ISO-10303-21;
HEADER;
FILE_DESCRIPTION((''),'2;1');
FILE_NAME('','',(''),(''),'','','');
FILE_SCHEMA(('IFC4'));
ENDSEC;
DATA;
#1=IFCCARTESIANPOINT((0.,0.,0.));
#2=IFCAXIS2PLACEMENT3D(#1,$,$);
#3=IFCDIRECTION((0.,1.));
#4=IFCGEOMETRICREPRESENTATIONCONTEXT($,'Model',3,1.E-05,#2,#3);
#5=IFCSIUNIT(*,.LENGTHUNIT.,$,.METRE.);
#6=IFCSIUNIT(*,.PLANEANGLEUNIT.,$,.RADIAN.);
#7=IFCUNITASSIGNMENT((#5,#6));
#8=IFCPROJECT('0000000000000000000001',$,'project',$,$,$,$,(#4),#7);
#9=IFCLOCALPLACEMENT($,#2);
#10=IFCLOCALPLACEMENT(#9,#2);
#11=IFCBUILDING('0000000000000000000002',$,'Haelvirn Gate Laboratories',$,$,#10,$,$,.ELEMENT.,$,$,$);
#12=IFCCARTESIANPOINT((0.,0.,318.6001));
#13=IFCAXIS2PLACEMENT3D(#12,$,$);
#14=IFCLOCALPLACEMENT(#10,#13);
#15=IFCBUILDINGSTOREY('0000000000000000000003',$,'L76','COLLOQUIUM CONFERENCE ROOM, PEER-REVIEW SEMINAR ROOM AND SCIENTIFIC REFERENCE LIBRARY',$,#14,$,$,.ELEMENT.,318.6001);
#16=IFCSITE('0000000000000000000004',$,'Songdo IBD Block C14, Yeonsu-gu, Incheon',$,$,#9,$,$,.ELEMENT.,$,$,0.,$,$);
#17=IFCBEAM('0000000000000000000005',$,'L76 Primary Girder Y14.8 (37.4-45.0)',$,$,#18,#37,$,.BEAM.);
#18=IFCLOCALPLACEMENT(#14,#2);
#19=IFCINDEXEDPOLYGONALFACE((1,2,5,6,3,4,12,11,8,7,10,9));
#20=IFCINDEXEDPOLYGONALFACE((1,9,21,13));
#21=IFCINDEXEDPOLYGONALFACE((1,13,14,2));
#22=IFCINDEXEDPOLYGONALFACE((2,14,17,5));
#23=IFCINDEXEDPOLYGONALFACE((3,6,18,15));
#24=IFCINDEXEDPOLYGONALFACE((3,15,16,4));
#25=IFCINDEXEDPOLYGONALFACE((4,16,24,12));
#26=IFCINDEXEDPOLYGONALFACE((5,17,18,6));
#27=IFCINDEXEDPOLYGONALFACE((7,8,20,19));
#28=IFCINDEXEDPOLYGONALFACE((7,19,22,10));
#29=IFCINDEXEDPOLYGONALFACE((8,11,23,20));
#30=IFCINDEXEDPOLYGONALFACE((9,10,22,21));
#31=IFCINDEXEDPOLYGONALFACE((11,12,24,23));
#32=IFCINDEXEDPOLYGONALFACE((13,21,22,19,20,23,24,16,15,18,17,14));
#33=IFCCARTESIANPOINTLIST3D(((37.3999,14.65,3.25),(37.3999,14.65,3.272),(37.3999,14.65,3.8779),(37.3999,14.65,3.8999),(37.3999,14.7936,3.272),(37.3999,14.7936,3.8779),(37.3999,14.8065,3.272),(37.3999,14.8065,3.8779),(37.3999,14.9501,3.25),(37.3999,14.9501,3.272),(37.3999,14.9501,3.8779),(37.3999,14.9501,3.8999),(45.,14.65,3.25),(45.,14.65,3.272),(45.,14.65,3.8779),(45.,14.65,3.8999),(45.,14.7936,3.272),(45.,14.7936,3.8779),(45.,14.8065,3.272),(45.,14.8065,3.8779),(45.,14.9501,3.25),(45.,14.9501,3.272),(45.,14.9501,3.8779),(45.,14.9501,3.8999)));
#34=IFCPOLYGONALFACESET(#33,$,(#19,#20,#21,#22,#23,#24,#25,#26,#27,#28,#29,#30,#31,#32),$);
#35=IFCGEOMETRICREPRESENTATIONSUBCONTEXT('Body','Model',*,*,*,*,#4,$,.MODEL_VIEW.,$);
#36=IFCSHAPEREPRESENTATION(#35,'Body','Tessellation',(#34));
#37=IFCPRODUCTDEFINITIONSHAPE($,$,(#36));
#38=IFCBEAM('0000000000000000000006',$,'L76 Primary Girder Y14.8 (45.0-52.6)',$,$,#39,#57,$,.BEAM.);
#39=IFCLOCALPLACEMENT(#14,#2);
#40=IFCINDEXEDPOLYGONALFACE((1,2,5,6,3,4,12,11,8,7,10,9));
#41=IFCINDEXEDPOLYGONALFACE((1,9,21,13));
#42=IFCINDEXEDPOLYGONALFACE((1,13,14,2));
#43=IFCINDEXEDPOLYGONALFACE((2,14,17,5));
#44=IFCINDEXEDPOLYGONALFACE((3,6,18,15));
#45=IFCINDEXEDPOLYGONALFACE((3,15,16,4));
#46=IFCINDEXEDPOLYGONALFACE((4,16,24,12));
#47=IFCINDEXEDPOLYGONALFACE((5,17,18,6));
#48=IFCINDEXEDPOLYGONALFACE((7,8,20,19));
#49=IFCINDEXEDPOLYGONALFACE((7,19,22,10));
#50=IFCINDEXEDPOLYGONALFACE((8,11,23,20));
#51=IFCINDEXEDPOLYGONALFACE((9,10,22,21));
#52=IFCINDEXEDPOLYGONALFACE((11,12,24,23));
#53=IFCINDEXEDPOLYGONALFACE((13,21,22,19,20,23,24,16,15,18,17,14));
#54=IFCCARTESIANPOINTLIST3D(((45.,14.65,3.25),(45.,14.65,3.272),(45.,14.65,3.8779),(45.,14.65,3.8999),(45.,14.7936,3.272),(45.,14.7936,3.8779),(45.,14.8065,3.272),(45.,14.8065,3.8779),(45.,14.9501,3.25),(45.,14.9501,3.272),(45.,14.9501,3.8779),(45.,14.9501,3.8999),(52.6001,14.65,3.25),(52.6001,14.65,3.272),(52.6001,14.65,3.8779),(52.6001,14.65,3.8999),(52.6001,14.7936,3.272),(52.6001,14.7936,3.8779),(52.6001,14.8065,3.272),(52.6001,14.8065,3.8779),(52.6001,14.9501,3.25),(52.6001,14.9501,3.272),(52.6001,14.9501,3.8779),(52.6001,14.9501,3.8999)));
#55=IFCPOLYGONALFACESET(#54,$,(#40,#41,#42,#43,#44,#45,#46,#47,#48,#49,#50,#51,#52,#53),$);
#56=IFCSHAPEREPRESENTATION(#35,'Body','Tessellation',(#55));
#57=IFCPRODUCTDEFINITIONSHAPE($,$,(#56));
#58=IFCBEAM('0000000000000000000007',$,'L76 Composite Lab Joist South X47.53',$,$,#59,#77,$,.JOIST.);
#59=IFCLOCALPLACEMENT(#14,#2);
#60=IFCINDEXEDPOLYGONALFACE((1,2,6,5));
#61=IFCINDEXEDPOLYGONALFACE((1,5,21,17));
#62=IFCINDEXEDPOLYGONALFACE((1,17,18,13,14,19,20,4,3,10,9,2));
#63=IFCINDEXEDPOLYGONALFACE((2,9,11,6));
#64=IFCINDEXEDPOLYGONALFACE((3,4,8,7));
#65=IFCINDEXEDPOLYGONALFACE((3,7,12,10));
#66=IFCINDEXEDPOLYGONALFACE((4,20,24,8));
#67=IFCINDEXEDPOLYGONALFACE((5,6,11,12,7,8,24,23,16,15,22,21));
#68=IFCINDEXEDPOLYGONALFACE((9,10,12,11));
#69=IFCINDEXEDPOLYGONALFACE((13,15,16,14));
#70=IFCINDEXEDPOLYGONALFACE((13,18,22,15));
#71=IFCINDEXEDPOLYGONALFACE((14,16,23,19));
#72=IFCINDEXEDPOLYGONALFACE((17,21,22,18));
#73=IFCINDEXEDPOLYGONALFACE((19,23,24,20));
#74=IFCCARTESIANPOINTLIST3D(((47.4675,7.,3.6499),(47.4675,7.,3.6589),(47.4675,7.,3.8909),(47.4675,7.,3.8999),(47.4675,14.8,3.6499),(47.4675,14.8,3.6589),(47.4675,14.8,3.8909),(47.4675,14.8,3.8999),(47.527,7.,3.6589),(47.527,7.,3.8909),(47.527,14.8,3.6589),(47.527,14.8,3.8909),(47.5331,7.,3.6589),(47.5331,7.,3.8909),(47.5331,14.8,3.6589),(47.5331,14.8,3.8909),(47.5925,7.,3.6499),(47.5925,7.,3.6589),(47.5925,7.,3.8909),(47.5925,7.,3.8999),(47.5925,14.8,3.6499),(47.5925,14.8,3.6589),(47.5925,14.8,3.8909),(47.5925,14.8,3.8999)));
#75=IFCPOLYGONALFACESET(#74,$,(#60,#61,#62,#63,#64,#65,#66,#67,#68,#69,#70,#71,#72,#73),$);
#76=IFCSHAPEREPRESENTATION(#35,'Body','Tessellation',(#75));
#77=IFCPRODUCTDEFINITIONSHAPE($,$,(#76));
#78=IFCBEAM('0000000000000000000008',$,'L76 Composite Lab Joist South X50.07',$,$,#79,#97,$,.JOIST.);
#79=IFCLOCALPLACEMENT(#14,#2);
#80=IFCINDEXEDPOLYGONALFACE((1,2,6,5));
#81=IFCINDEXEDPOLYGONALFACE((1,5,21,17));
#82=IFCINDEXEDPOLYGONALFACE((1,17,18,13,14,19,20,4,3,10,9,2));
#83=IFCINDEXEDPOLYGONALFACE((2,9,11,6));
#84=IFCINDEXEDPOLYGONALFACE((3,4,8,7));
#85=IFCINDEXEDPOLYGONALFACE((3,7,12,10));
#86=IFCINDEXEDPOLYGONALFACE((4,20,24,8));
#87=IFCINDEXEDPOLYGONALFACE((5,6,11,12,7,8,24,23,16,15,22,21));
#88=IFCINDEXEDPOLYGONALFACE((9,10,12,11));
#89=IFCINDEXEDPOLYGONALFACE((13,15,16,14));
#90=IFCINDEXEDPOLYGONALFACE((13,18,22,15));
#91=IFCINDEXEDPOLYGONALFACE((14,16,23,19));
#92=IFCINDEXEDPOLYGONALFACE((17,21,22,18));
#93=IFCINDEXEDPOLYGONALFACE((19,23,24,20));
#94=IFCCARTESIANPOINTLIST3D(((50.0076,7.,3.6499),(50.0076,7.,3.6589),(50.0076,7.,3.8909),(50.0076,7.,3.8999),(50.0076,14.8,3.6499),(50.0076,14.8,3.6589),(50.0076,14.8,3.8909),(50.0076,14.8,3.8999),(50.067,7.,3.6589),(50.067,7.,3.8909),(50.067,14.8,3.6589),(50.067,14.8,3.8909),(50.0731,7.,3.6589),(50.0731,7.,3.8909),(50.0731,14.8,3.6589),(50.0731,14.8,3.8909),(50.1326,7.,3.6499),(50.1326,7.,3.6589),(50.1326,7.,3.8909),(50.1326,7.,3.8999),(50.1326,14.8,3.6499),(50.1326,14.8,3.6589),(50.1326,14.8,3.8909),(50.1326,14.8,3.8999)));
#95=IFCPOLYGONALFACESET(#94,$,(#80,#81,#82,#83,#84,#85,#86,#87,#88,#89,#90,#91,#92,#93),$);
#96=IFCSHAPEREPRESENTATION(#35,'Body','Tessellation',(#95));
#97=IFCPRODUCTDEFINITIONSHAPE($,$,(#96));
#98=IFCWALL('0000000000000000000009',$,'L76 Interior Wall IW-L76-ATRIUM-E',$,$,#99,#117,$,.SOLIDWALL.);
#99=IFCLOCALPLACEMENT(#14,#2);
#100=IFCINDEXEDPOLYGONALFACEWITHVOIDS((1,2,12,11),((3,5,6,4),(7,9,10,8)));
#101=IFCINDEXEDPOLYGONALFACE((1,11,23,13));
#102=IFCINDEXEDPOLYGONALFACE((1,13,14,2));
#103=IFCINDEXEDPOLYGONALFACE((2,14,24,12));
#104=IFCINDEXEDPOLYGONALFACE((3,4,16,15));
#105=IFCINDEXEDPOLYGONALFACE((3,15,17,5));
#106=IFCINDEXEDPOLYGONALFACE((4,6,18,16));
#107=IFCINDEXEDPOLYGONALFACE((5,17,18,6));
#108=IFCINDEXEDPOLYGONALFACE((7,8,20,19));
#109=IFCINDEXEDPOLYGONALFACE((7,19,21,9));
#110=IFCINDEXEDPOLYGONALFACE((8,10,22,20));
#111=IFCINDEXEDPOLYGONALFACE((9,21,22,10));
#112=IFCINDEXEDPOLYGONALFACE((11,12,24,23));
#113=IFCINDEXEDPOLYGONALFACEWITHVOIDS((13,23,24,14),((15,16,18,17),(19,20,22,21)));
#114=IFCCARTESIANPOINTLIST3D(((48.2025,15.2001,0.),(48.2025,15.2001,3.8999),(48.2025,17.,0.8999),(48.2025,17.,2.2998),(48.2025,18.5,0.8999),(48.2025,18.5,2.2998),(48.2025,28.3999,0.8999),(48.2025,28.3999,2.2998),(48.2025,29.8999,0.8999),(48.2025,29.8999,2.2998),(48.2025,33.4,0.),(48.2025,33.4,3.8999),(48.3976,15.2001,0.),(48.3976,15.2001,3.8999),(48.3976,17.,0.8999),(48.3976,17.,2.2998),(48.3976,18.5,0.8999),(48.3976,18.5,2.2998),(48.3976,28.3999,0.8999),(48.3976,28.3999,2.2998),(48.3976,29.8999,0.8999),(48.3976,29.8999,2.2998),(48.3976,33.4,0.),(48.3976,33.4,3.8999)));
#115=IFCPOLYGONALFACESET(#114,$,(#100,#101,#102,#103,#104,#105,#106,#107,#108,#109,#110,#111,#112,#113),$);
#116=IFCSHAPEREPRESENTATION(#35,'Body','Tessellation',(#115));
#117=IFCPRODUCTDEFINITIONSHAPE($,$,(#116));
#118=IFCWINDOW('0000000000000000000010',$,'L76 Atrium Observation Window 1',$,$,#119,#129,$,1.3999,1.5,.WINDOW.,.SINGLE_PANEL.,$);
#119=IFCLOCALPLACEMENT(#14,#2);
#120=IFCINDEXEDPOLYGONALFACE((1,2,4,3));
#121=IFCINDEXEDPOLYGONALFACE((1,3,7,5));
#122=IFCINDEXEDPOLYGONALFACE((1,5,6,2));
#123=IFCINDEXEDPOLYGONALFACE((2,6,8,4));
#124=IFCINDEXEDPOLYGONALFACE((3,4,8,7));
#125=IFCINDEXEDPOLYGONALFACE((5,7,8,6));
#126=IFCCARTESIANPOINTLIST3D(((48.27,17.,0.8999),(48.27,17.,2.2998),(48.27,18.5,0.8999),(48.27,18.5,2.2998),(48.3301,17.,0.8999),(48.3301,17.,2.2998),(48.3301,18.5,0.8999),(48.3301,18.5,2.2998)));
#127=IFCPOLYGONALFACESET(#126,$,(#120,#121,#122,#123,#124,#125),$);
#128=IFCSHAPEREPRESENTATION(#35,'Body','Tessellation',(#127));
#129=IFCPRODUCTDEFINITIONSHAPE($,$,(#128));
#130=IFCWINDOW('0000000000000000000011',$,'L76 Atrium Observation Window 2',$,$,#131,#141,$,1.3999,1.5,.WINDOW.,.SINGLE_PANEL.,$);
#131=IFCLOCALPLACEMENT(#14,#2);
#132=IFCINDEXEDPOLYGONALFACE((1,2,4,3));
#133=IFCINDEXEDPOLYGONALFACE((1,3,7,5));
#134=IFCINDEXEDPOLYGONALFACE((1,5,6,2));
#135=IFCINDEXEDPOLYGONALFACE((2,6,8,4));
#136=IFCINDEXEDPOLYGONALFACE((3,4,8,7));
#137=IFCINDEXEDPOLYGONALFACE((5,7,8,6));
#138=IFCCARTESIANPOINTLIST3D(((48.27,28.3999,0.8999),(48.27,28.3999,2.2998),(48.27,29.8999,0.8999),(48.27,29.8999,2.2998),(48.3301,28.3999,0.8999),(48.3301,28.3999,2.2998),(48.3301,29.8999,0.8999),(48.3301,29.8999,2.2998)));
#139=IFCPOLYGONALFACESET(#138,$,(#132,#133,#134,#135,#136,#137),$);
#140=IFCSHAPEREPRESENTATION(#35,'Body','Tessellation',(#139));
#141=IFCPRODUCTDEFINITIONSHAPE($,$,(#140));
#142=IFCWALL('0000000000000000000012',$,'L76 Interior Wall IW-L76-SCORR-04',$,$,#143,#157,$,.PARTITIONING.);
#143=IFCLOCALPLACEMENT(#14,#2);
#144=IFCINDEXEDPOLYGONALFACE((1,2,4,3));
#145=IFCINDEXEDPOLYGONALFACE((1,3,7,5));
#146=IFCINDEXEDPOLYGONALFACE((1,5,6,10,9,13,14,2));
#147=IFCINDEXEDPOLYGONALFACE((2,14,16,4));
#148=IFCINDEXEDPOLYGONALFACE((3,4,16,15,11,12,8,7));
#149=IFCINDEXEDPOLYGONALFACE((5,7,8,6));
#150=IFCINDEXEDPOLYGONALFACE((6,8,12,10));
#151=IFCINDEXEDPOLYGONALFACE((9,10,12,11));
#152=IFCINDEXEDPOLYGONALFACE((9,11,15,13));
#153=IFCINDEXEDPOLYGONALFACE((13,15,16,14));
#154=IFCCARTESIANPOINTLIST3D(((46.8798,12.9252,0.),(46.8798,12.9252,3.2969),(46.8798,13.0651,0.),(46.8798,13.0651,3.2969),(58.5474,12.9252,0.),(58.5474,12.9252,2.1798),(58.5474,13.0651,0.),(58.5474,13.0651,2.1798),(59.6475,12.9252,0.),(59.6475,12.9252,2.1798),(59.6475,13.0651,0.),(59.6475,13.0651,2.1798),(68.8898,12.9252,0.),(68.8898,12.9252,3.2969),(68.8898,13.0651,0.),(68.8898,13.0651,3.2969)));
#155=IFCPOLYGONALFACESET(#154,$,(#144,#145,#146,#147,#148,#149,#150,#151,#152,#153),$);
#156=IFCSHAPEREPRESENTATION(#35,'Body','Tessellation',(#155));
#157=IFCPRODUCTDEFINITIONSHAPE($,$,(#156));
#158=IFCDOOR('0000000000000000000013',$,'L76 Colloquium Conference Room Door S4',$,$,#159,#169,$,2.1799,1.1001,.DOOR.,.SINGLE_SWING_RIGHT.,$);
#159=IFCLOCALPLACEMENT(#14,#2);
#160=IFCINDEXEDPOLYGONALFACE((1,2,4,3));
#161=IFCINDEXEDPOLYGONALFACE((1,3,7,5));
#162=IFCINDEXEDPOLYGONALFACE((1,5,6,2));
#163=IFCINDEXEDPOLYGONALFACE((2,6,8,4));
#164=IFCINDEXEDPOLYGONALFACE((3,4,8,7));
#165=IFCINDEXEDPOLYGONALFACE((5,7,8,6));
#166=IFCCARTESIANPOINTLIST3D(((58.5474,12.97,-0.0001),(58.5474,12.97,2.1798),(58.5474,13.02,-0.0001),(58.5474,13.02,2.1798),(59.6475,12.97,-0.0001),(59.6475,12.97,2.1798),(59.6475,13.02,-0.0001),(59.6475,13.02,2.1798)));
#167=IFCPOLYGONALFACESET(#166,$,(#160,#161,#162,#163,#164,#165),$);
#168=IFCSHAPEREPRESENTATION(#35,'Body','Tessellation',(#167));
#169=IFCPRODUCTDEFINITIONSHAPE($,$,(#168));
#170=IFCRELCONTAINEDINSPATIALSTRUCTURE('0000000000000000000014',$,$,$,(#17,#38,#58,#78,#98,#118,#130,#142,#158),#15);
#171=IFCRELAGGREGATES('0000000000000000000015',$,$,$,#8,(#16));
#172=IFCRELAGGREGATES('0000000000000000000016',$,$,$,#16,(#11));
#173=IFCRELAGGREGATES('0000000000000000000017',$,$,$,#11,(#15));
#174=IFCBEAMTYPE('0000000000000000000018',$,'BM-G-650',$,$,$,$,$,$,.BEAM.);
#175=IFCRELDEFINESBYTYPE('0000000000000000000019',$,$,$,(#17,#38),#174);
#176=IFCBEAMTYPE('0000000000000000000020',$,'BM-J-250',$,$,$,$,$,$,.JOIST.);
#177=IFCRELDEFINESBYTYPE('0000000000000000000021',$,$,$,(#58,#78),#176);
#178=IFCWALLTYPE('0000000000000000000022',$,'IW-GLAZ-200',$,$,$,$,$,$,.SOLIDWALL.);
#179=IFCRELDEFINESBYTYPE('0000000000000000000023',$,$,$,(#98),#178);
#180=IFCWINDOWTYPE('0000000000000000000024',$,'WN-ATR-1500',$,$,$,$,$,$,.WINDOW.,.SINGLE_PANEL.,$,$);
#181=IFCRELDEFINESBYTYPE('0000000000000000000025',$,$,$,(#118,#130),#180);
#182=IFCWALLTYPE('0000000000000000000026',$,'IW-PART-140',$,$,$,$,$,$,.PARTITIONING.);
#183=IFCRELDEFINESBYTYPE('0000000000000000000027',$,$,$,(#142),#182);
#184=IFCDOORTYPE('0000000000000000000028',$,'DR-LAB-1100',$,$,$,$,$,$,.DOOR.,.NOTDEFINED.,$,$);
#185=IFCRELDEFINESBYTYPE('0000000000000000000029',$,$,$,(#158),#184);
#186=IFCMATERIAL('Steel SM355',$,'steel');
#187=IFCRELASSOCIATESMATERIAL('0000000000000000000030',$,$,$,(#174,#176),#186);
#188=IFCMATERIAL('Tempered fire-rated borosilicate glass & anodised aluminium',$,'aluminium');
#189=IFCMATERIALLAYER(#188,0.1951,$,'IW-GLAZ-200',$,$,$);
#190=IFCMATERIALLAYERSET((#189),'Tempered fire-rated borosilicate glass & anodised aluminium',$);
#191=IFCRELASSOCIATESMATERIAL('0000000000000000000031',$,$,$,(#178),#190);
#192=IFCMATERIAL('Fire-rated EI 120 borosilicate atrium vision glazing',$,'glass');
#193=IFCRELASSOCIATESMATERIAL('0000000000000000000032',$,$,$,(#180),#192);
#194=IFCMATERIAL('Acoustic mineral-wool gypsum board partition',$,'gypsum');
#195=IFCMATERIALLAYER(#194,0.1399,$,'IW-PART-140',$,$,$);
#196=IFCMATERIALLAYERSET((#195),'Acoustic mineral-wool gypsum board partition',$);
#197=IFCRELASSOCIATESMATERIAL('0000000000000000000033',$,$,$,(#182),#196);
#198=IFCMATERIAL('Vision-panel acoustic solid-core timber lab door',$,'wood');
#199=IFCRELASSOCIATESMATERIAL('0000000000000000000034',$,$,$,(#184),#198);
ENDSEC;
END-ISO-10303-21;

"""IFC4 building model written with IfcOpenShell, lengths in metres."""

from ifc_helpers import new_model, si_unit, direction, frame, frame_2d, origin, origin_2d, place, context, subcontext, project, spatial, rectangle, i_section, extrude, source, transform, mapped, material, layer, layer_set, material_profile, profile_set, type_object, type_shapes, element, fill, save


model = new_model("IFC4")

# Units and contexts
model_context = context("Model", 3, precision=1e-05, world=origin(), true_north=direction((0.0, 1.0)))
body_context = subcontext(model_context, "Body", "Model", "MODEL_VIEW")
ifc_project = project(units=[si_unit("LENGTHUNIT", "METRE"), si_unit("PLANEANGLEUNIT", "RADIAN")], contexts=[model_context])

# Site, building, storey
site_placement = place(None, origin())
site = spatial("IfcSite", under=ifc_project, at=site_placement, Name="Songdo IBD Block C14, Yeonsu-gu, Incheon", CompositionType="ELEMENT", RefElevation=0.0)
building_placement = place(site_placement, origin())
building = spatial("IfcBuilding", under=site, at=building_placement, Name="Haelvirn Gate Laboratories", CompositionType="ELEMENT")
storey_placement = place(building_placement, frame((0.0, 0.0, 318.6001)))
storey = spatial("IfcBuildingStorey", under=building, at=storey_placement, Name="L76", Description="COLLOQUIUM CONFERENCE ROOM, PEER-REVIEW SEMINAR ROOM AND SCIENTIFIC REFERENCE LIBRARY", CompositionType="ELEMENT", Elevation=318.6001)

# Shared definitions
ifc_material_1 = material(Name="Steel SM355", Category="steel")

# Beams
ifc_material_profile_1 = material_profile(ifc_material_1, i_section(OverallWidth=0.3, OverallDepth=0.6499, WebThickness=0.0129, FlangeThickness=0.022, at=origin_2d()), Name="H-650x300x13x22")
ifc_profile_set_1 = profile_set([ifc_material_profile_1], Name="Steel SM355")
beam_type_1 = type_object("IfcBeamType", Name="BM-G-650", PredefinedType="BEAM", material=ifc_profile_set_1)
shared_shape_1 = source(origin(), body_context, "Body", "SweptSolid", [
    extrude(i_section(OverallWidth=0.3, OverallDepth=0.6499, WebThickness=0.0129, FlangeThickness=0.022, at=origin_2d()), origin(), (0.0, 0.0, 1.0), 7.6001),
])
for number, where, z_axis, x_axis, name in (
    (1, (37.3999, 14.8, 3.575), (1.0, 0.0, 0.0), (0.0, 1.0, 0.0), "L76 Primary Girder Y14.8 (37.4-45.0)"),
    (2, (45.0, 14.8, 3.575), (1.0, 0.0, 0.0), (0.0, 1.0, 0.0), "L76 Primary Girder Y14.8 (45.0-52.6)"),
):
    element("IfcBeam", number, at=place(storey_placement, frame(where, z_axis=z_axis, x_axis=x_axis)), inside=storey, type_object=beam_type_1, Name=name, PredefinedType="BEAM", context=body_context, shape_type="MappedRepresentation", body=[
        mapped(shared_shape_1, transform((0.0, 0.0, 0.0), scale=1.0)),
    ])
ifc_material_profile_2 = material_profile(ifc_material_1, i_section(OverallWidth=0.125, OverallDepth=0.25, WebThickness=0.0061, FlangeThickness=0.009, at=origin_2d()), Name="H-250x125x6x9")
ifc_profile_set_2 = profile_set([ifc_material_profile_2], Name="Steel SM355")
beam_type_2 = type_object("IfcBeamType", Name="BM-J-250", PredefinedType="JOIST", material=ifc_profile_set_2)
shared_shape_2 = source(origin(), body_context, "Body", "SweptSolid", [
    extrude(i_section(OverallWidth=0.125, OverallDepth=0.25, WebThickness=0.0061, FlangeThickness=0.009, at=origin_2d()), origin(), (0.0, 0.0, 1.0), 7.8),
])
type_shapes(beam_type_2, [shared_shape_2])
for number, where, z_axis, x_axis, name in (
    (3, (47.53, 7.0, 3.7749), (0.0, 1.0, 0.0), (-1.0, 0.0, 0.0), "L76 Composite Lab Joist South X47.53"),
    (4, (50.0701, 7.0, 3.7749), (0.0, 1.0, 0.0), (-1.0, 0.0, 0.0), "L76 Composite Lab Joist South X50.07"),
):
    element("IfcBeam", number, at=place(storey_placement, frame(where, z_axis=z_axis, x_axis=x_axis)), inside=storey, type_object=beam_type_2, Name=name, PredefinedType="JOIST", context=body_context, shape_type="MappedRepresentation", body=[
        mapped(shared_shape_2, transform((0.0, 0.0, 0.0), scale=1.0)),
    ])

# Wall, openings, windows
ifc_material_2 = material(Name="Tempered fire-rated borosilicate glass & anodised aluminium", Category="aluminium")
ifc_layer_1 = layer(ifc_material_2, 0.1951, Name="IW-GLAZ-200")
ifc_layer_set_1 = layer_set([ifc_layer_1], Name="Tempered fire-rated borosilicate glass & anodised aluminium")
wall_type_1 = type_object("IfcWallType", Name="IW-GLAZ-200", PredefinedType="SOLIDWALL", material=ifc_layer_set_1)
wall_1_placement = place(storey_placement, frame((48.3, 15.2, 0.0), z_axis=(0.0, 0.0, 1.0), x_axis=(0.0, 1.0, 0.0)))
wall_1 = element("IfcWall", 5, at=wall_1_placement, inside=storey, type_object=wall_type_1, Name="L76 Interior Wall IW-L76-ATRIUM-E", PredefinedType="SOLIDWALL", context=body_context, shape_type="SweptSolid", body=[
    extrude(rectangle(XDim=18.2, YDim=0.1951, at=frame_2d((9.1001, 0.0))), origin(), (0.0, 0.0, 1.0), 3.8999),
])
opening_1_placement = place(wall_1_placement, frame((1.8, 0.0, 0.8999)))
opening_1 = element("IfcOpeningElement", 6, at=opening_1_placement, cuts=wall_1, PredefinedType="OPENING", context=body_context, shape_type="SweptSolid", body=[
    extrude(rectangle(XDim=1.5, YDim=1.3999, at=frame_2d((0.75, 0.7))), frame((0.0, 0.1074, 0.0), z_axis=(0.0, -1.0, 0.0), x_axis=(1.0, 0.0, 0.0)), (0.0, 0.0, 1.0), 0.2151),
])
opening_2_placement = place(wall_1_placement, frame((13.2, 0.0, 0.8999)))
opening_2 = element("IfcOpeningElement", 7, at=opening_2_placement, cuts=wall_1, PredefinedType="OPENING", context=body_context, shape_type="SweptSolid", body=[
    extrude(rectangle(XDim=1.5, YDim=1.3999, at=frame_2d((0.75, 0.7))), frame((0.0, 0.1074, 0.0), z_axis=(0.0, -1.0, 0.0), x_axis=(1.0, 0.0, 0.0)), (0.0, 0.0, 1.0), 0.2151),
])
ifc_material_3 = material(Name="Fire-rated EI 120 borosilicate atrium vision glazing", Category="glass")
window_type = type_object("IfcWindowType", Name="WN-ATR-1500", PartitioningType="SINGLE_PANEL", PredefinedType="WINDOW", material=ifc_material_3)
shared_shape_3 = source(origin(), body_context, "Body", "SweptSolid", [
    extrude(rectangle(XDim=1.5, YDim=1.3999, at=frame_2d((0.75, 0.7))), frame((0.0, 0.03, 0.0), z_axis=(0.0, -1.0, 0.0), x_axis=(1.0, 0.0, 0.0)), (0.0, 0.0, 1.0), 0.0601),
])
type_shapes(window_type, [shared_shape_3])
window_1_placement = place(opening_1_placement, origin())
window_1 = element("IfcWindow", 8, at=window_1_placement, inside=storey, type_object=window_type, Name="L76 Atrium Observation Window 1", OverallHeight=1.3999, OverallWidth=1.5, PartitioningType="SINGLE_PANEL", PredefinedType="WINDOW", context=body_context, shape_type="MappedRepresentation", body=[
    mapped(shared_shape_3, transform((0.0, 0.0, 0.0), scale=1.0)),
])
fill(opening_1, window_1)
window_2_placement = place(opening_2_placement, origin())
window_2 = element("IfcWindow", 9, at=window_2_placement, inside=storey, type_object=window_type, Name="L76 Atrium Observation Window 2", OverallHeight=1.3999, OverallWidth=1.5, PartitioningType="SINGLE_PANEL", PredefinedType="WINDOW", context=body_context, shape_type="MappedRepresentation", body=[
    mapped(shared_shape_3, transform((0.0, 0.0, 0.0), scale=1.0)),
])
fill(opening_2, window_2)

# Wall, opening, door
ifc_material_4 = material(Name="Acoustic mineral-wool gypsum board partition", Category="gypsum")
ifc_layer_2 = layer(ifc_material_4, 0.1399, Name="IW-PART-140")
ifc_layer_set_2 = layer_set([ifc_layer_2], Name="Acoustic mineral-wool gypsum board partition")
wall_type_2 = type_object("IfcWallType", Name="IW-PART-140", PredefinedType="PARTITIONING", material=ifc_layer_set_2)
wall_2_placement = place(storey_placement, frame((46.8799, 12.9951, 0.0), z_axis=(0.0, 0.0, 1.0), x_axis=(1.0, 0.0, 0.0)))
wall_2 = element("IfcWall", 10, at=wall_2_placement, inside=storey, type_object=wall_type_2, Name="L76 Interior Wall IW-L76-SCORR-04", PredefinedType="PARTITIONING", context=body_context, shape_type="SweptSolid", body=[
    extrude(rectangle(XDim=22.01, YDim=0.1399, at=frame_2d((11.0049, 0.0))), origin(), (0.0, 0.0, 1.0), 3.2969),
])
opening_3_placement = place(wall_2_placement, frame((11.6675, 0.0, 0.0)))
opening_3 = element("IfcOpeningElement", 11, at=opening_3_placement, cuts=wall_2, PredefinedType="OPENING", context=body_context, shape_type="SweptSolid", body=[
    extrude(rectangle(XDim=1.1001, YDim=2.1799, at=frame_2d((0.55, 1.0898))), frame((0.0, 0.0801, 0.0), z_axis=(0.0, -1.0, 0.0), x_axis=(1.0, 0.0, 0.0)), (0.0, 0.0, 1.0), 0.1599),
])
ifc_material_5 = material(Name="Vision-panel acoustic solid-core timber lab door", Category="wood")
door_type_1 = type_object("IfcDoorType", Name="DR-LAB-1100", OperationType="NOTDEFINED", PredefinedType="DOOR", material=ifc_material_5)
shared_shape_4 = source(origin(), body_context, "Body", "SweptSolid", [
    extrude(rectangle(XDim=1.1001, YDim=2.1799, at=frame_2d((0.55, 1.0898))), frame((0.0, 0.0249, 0.0), z_axis=(0.0, -1.0, 0.0), x_axis=(1.0, 0.0, 0.0)), (0.0, 0.0, 1.0), 0.05),
])
type_shapes(door_type_1, [shared_shape_4])
door_1_placement = place(opening_3_placement, origin())
door_1 = element("IfcDoor", 12, at=door_1_placement, inside=storey, type_object=door_type_1, Name="L76 Colloquium Conference Room Door S4", OperationType="SINGLE_SWING_RIGHT", OverallHeight=2.1799, OverallWidth=1.1001, PredefinedType="DOOR", context=body_context, shape_type="MappedRepresentation", body=[
    mapped(shared_shape_4, transform((0.0, 0.0, 0.0), scale=1.0)),
])
fill(opening_3, door_1)

save(model, "model.ifc")
